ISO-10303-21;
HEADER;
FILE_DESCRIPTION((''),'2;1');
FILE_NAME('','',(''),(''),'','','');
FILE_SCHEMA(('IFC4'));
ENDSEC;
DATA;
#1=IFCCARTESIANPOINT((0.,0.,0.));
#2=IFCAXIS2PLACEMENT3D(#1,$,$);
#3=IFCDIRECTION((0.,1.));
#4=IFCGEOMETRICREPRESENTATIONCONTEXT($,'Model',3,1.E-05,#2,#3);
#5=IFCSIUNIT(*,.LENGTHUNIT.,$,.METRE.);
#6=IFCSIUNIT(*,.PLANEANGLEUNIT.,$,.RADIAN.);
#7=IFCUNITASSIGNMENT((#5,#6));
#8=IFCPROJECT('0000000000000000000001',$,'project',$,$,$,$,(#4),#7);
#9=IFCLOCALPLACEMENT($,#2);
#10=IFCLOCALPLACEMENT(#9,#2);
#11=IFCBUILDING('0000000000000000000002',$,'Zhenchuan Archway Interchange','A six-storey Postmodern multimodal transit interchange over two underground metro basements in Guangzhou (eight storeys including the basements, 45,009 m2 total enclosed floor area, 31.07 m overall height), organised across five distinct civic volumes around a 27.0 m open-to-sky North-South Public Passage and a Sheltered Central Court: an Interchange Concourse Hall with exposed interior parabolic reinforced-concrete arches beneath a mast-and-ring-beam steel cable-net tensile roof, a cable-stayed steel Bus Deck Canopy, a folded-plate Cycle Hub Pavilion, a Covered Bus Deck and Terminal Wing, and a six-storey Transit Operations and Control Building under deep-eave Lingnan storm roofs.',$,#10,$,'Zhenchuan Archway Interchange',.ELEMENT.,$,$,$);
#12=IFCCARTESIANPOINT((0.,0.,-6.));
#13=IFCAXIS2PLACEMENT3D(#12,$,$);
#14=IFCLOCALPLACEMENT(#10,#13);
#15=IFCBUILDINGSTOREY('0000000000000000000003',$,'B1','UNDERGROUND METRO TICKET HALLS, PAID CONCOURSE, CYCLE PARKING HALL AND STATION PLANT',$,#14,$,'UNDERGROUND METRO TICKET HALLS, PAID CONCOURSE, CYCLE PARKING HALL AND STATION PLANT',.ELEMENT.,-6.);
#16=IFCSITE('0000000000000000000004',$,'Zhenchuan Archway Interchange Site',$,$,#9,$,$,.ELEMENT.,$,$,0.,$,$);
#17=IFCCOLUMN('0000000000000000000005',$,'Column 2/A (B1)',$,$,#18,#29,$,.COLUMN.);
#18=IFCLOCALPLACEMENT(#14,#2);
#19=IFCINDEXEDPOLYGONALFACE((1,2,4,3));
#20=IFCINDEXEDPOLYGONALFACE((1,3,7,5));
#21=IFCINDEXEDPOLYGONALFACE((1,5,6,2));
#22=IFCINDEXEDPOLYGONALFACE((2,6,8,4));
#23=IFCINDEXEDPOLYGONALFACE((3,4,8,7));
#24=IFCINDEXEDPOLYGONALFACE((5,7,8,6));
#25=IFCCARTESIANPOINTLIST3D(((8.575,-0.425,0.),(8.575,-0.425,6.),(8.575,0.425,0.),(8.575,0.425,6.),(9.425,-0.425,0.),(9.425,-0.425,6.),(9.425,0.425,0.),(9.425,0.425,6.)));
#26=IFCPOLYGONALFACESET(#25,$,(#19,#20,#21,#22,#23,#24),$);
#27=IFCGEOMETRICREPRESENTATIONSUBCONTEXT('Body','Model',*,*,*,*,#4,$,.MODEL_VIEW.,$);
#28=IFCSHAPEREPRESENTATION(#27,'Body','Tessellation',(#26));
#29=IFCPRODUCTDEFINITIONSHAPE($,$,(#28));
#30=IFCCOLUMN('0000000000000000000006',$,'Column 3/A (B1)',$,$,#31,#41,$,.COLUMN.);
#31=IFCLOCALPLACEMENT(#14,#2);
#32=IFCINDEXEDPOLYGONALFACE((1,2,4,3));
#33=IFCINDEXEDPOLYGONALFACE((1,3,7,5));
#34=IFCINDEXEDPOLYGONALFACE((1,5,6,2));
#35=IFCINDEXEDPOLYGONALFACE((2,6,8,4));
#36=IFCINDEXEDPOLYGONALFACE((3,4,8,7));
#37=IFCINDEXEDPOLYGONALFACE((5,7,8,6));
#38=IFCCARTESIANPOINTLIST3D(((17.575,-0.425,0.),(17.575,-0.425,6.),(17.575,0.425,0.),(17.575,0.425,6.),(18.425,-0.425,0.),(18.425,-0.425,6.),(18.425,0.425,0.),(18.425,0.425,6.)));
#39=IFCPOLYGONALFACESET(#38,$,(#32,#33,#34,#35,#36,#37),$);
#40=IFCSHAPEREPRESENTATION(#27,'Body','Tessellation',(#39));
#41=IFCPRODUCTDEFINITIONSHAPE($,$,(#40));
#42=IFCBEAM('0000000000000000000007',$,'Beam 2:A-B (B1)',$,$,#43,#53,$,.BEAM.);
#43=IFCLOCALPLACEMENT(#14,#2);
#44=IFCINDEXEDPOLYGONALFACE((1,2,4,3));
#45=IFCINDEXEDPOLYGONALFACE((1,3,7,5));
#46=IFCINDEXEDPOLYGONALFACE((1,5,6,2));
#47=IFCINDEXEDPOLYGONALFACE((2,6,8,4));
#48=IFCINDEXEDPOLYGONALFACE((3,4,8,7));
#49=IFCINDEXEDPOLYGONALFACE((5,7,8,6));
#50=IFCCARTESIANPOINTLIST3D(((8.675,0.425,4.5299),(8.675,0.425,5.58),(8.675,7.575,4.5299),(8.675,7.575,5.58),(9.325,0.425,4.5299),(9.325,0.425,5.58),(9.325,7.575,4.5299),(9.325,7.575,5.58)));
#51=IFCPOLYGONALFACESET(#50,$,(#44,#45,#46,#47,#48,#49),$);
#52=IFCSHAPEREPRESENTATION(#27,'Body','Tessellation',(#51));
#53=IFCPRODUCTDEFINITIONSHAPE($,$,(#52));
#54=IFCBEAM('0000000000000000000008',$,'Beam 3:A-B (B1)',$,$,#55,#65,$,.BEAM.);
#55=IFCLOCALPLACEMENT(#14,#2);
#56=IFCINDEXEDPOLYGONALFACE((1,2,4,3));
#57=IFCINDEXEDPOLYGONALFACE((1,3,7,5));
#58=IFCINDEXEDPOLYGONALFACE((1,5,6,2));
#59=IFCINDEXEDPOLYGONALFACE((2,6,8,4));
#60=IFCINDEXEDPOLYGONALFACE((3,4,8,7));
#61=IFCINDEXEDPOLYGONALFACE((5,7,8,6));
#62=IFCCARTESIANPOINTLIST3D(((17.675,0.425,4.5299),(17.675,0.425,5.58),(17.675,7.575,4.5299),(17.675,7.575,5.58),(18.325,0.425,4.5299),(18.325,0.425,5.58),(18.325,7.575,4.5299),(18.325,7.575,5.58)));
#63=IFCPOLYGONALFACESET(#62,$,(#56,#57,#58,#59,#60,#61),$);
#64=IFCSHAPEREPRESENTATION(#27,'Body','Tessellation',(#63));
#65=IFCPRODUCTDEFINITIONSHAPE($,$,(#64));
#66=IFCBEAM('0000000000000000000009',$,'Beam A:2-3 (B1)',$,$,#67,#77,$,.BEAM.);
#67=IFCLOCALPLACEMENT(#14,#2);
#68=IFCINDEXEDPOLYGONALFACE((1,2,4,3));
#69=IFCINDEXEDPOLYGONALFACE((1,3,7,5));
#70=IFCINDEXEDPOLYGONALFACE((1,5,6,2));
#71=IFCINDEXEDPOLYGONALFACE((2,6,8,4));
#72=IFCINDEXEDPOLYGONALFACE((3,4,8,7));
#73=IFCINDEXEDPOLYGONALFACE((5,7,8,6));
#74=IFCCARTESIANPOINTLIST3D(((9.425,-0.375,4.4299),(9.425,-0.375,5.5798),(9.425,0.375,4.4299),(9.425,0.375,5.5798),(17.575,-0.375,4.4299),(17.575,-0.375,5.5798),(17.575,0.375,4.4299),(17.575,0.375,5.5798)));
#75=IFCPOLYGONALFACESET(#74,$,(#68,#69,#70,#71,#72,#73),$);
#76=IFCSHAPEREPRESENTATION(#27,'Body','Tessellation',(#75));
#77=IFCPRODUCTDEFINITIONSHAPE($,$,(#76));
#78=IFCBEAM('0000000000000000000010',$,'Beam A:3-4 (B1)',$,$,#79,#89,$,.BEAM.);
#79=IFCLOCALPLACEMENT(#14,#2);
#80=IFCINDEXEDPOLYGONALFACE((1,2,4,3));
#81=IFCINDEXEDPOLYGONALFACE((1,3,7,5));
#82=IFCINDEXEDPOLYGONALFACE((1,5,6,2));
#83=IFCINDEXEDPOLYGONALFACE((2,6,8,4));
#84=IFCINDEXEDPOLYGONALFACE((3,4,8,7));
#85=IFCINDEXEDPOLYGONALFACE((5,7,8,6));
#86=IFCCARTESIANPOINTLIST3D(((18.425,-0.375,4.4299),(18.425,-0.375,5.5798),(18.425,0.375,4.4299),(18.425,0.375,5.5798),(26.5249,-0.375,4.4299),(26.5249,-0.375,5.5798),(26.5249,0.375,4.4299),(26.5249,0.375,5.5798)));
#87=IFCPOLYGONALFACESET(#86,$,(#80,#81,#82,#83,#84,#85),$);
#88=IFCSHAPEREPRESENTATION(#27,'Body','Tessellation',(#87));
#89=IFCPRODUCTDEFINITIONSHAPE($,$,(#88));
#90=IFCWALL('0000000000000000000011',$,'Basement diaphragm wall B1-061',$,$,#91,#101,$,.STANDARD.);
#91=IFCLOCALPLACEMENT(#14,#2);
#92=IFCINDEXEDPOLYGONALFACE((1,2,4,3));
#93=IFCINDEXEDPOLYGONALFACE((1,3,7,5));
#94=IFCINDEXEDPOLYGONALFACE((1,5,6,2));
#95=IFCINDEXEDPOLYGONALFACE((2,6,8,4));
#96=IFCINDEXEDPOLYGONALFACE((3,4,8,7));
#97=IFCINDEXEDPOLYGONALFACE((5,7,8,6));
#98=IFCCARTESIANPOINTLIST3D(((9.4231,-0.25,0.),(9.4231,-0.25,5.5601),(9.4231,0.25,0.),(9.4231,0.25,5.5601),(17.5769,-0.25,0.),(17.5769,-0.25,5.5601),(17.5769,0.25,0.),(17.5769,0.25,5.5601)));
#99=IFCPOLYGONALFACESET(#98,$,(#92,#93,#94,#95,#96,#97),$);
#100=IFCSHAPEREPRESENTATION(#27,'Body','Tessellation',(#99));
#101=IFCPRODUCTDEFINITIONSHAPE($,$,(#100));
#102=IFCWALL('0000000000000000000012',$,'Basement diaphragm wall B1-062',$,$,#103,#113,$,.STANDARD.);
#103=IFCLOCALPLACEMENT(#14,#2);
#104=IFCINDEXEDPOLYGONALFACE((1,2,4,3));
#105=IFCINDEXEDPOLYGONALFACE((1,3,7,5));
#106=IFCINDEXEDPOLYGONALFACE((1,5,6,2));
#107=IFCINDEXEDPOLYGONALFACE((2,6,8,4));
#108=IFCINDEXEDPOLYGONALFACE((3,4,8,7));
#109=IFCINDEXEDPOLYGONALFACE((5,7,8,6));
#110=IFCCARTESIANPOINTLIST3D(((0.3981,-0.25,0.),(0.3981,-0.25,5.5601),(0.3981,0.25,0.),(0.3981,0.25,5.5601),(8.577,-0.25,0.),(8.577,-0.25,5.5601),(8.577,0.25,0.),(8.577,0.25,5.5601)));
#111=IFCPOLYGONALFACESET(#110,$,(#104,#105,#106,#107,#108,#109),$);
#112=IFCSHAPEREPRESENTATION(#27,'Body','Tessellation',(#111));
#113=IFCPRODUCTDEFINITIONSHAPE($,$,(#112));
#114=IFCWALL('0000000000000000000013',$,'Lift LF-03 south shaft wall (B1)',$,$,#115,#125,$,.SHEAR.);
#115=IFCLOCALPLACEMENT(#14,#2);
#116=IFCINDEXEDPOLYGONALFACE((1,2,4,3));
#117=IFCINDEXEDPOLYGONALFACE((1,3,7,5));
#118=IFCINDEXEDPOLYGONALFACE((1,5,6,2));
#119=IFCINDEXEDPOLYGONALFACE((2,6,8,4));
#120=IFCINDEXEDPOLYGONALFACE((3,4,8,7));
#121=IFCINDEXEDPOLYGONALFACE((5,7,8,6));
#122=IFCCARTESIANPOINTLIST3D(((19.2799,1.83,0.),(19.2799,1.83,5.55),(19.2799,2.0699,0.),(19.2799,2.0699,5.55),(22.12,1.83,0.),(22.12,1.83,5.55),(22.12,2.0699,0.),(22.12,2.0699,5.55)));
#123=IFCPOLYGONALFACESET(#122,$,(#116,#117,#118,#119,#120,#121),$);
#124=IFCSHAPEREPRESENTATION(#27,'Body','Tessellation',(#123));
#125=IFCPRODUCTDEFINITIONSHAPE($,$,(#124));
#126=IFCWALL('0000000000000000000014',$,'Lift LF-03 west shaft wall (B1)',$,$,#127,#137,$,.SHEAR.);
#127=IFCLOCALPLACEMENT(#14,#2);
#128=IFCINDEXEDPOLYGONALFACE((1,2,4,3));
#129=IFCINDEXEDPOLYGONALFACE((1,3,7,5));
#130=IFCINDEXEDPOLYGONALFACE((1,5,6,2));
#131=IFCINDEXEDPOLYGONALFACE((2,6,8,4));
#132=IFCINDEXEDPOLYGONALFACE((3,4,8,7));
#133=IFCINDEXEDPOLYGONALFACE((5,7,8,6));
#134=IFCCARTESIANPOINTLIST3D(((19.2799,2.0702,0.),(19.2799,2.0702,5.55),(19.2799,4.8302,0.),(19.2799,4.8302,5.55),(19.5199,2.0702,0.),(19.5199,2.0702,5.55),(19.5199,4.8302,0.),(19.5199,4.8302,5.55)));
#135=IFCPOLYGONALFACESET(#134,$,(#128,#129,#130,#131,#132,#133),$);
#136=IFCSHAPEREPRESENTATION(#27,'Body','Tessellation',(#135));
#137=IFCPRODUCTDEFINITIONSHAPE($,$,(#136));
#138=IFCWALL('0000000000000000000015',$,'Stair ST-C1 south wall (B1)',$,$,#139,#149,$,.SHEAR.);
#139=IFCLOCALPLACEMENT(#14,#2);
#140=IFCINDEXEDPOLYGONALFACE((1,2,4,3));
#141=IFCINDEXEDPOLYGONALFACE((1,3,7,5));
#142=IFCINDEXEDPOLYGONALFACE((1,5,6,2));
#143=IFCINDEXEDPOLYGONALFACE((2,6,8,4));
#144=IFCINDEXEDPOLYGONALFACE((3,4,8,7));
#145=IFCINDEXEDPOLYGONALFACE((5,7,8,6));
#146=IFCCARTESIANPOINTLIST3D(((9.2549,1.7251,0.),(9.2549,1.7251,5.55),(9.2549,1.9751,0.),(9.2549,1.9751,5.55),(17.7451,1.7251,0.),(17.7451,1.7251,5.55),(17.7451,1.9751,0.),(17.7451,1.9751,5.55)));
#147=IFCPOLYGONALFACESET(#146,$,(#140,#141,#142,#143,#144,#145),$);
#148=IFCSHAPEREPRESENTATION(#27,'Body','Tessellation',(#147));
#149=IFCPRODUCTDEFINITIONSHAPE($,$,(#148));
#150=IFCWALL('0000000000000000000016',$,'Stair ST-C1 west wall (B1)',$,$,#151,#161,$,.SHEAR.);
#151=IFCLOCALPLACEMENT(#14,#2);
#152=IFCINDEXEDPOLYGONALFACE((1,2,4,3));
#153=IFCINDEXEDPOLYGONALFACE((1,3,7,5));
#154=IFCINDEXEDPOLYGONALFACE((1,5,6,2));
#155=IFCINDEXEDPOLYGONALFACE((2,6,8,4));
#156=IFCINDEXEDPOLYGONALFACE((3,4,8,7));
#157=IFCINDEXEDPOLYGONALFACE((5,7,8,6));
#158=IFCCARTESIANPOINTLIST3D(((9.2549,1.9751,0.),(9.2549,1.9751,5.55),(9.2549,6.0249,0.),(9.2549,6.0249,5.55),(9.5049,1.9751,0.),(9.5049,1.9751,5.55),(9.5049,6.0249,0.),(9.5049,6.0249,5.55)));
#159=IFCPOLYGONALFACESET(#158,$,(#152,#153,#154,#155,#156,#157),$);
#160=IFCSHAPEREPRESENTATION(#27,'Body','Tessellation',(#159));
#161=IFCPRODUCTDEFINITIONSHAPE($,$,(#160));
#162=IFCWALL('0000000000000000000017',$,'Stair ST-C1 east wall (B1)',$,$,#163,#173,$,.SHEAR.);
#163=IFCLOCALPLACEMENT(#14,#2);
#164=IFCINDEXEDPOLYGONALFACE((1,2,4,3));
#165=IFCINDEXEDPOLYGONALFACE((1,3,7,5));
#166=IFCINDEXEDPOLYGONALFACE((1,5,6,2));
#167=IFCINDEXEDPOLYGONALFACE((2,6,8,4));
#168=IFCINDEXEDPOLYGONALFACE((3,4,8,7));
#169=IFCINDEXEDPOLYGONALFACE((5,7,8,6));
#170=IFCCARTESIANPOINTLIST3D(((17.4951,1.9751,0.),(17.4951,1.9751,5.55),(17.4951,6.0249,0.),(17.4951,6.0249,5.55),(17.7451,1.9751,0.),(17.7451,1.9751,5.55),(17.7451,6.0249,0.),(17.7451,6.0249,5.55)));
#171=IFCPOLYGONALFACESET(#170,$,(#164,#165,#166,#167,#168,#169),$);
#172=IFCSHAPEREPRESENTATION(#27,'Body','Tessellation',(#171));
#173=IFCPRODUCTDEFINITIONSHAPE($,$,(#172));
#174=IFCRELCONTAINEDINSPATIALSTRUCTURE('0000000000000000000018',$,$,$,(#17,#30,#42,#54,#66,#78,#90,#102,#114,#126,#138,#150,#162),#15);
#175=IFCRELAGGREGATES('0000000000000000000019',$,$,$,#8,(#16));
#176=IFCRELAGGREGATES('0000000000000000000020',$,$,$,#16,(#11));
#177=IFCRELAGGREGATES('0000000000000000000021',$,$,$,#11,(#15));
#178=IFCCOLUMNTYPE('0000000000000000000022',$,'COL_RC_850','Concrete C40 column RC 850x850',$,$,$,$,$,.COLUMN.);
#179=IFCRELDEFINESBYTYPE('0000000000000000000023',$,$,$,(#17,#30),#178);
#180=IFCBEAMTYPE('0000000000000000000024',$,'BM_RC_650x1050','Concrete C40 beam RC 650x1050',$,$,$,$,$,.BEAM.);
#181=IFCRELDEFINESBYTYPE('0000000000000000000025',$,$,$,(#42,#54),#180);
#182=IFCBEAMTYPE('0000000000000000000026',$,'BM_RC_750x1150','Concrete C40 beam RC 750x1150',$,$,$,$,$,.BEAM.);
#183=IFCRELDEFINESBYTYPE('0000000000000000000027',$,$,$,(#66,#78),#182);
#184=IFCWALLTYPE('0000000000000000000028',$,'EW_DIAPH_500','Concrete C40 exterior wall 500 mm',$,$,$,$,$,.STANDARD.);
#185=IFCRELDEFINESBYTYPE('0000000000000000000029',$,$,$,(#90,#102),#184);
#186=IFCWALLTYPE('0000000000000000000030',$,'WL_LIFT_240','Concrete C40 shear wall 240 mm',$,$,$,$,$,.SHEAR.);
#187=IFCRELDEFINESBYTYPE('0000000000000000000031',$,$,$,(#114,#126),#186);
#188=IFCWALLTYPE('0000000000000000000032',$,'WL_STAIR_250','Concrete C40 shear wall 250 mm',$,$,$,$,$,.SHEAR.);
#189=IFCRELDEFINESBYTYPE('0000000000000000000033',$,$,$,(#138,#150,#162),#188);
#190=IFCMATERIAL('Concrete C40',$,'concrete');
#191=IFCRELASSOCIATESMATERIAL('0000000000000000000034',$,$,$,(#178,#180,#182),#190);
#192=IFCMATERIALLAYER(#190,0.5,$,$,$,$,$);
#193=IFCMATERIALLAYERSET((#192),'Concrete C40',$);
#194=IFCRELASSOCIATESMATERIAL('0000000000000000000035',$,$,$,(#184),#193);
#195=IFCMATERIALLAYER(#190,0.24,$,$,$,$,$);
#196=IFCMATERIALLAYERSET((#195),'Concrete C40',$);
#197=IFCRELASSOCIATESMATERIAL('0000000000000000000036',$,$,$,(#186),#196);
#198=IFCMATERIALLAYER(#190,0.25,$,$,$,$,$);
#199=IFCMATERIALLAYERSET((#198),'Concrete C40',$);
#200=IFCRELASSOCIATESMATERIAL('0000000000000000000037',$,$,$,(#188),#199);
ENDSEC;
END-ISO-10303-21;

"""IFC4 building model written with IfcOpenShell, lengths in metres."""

from ifc_helpers import new_model, si_unit, direction, frame, frame_2d, origin, origin_2d, place, context, subcontext, project, spatial, rectangle, extrude, material, layer, layer_set, material_profile, profile_set, type_object, element, save


model = new_model("IFC4")

# Units and contexts
model_context = context("Model", 3, precision=1e-05, world=origin(), true_north=direction((0.0, 1.0)))
body_context = subcontext(model_context, "Body", "Model", "MODEL_VIEW")
ifc_project = project(units=[si_unit("LENGTHUNIT", "METRE"), si_unit("PLANEANGLEUNIT", "RADIAN")], contexts=[model_context])

# Site, building, storey
site_placement = place(None, origin())
site = spatial("IfcSite", under=ifc_project, at=site_placement, Name="Zhenchuan Archway Interchange Site", CompositionType="ELEMENT", RefElevation=0.0)
building_placement = place(site_placement, origin())
building = spatial("IfcBuilding", under=site, at=building_placement, Name="Zhenchuan Archway Interchange", Description="A six-storey Postmodern multimodal transit interchange over two underground metro basements in Guangzhou (eight storeys including the basements, 45,009 m2 total enclosed floor area, 31.07 m overall height), organised across five distinct civic volumes around a 27.0 m open-to-sky North-South Public Passage and a Sheltered Central Court: an Interchange Concourse Hall with exposed interior parabolic reinforced-concrete arches beneath a mast-and-ring-beam steel cable-net tensile roof, a cable-stayed steel Bus Deck Canopy, a folded-plate Cycle Hub Pavilion, a Covered Bus Deck and Terminal Wing, and a six-storey Transit Operations and Control Building under deep-eave Lingnan storm roofs.", LongName="Zhenchuan Archway Interchange", CompositionType="ELEMENT")
storey_placement = place(building_placement, frame((0.0, 0.0, -6.0)))
storey = spatial("IfcBuildingStorey", under=building, at=storey_placement, Name="B1", Description="UNDERGROUND METRO TICKET HALLS, PAID CONCOURSE, CYCLE PARKING HALL AND STATION PLANT", LongName="UNDERGROUND METRO TICKET HALLS, PAID CONCOURSE, CYCLE PARKING HALL AND STATION PLANT", CompositionType="ELEMENT", Elevation=-6.0)

# Shared definitions
ifc_material_1 = material(Name="Concrete C40", Category="concrete")

# Columns
ifc_material_profile_1 = material_profile(ifc_material_1, rectangle(XDim=0.8501, YDim=0.8501, at=origin_2d()), Name="RC 850x850")
ifc_profile_set_1 = profile_set([ifc_material_profile_1], Name="Concrete C40")
column_type = type_object("IfcColumnType", Name="COL_RC_850", Description="Concrete C40 column RC 850x850", PredefinedType="COLUMN", material=ifc_profile_set_1)
for number, where, z_axis, x_axis, name in (
    (1, (9.0, 0.0, 0.0), (0.0, 0.0, 1.0), (1.0, 0.0, 0.0), "Column 2/A (B1)"),
    (2, (18.0, 0.0, 0.0), (0.0, 0.0, 1.0), (1.0, 0.0, 0.0), "Column 3/A (B1)"),
):
    element("IfcColumn", number, at=place(storey_placement, frame(where, z_axis=z_axis, x_axis=x_axis)), inside=storey, type_object=column_type, Name=name, PredefinedType="COLUMN", context=body_context, shape_type="SweptSolid", body=[
        extrude(rectangle(XDim=0.8501, YDim=0.8501, at=origin_2d()), origin(), (0.0, 0.0, 1.0), 6.0),
    ])

# Beams
ifc_material_profile_2 = material_profile(ifc_material_1, rectangle(XDim=0.6499, YDim=1.05, at=origin_2d()), Name="RC 650x1050")
ifc_profile_set_2 = profile_set([ifc_material_profile_2], Name="Concrete C40")
beam_type_1 = type_object("IfcBeamType", Name="BM_RC_650x1050", Description="Concrete C40 beam RC 650x1050", PredefinedType="BEAM", material=ifc_profile_set_2)
for number, where, z_axis, x_axis, name in (
    (3, (9.0, 0.425, 5.0549), (0.0, 1.0, 0.0), (-1.0, 0.0, 0.0), "Beam 2:A-B (B1)"),
    (4, (18.0, 0.425, 5.0549), (0.0, 1.0, 0.0), (-1.0, 0.0, 0.0), "Beam 3:A-B (B1)"),
):
    element("IfcBeam", number, at=place(storey_placement, frame(where, z_axis=z_axis, x_axis=x_axis)), inside=storey, type_object=beam_type_1, Name=name, PredefinedType="BEAM", context=body_context, shape_type="SweptSolid", body=[
        extrude(rectangle(XDim=0.6499, YDim=1.05, at=origin_2d()), origin(), (0.0, 0.0, 1.0), 7.1499),
    ])
ifc_material_profile_3 = material_profile(ifc_material_1, rectangle(XDim=0.75, YDim=1.1499, at=origin_2d()), Name="RC 750x1150")
ifc_profile_set_3 = profile_set([ifc_material_profile_3], Name="Concrete C40")
beam_type_2 = type_object("IfcBeamType", Name="BM_RC_750x1150", Description="Concrete C40 beam RC 750x1150", PredefinedType="BEAM", material=ifc_profile_set_3)
beam_1_placement = place(storey_placement, frame((9.425, 0.0, 5.0049), z_axis=(1.0, 0.0, 0.0), x_axis=(0.0, 1.0, 0.0)))
element("IfcBeam", 5, at=beam_1_placement, inside=storey, type_object=beam_type_2, Name="Beam A:2-3 (B1)", PredefinedType="BEAM", context=body_context, shape_type="SweptSolid", body=[
    extrude(rectangle(XDim=0.75, YDim=1.1499, at=origin_2d()), origin(), (0.0, 0.0, 1.0), 8.1499),
])
beam_2_placement = place(storey_placement, frame((18.425, 0.0, 5.0049), z_axis=(1.0, 0.0, 0.0), x_axis=(0.0, 1.0, 0.0)))
element("IfcBeam", 6, at=beam_2_placement, inside=storey, type_object=beam_type_2, Name="Beam A:3-4 (B1)", PredefinedType="BEAM", context=body_context, shape_type="SweptSolid", body=[
    extrude(rectangle(XDim=0.75, YDim=1.1499, at=origin_2d()), origin(), (0.0, 0.0, 1.0), 8.0999),
])

# Walls
ifc_layer_1 = layer(ifc_material_1, 0.5)
ifc_layer_set_1 = layer_set([ifc_layer_1], Name="Concrete C40")
wall_type_1 = type_object("IfcWallType", Name="EW_DIAPH_500", Description="Concrete C40 exterior wall 500 mm", PredefinedType="STANDARD", material=ifc_layer_set_1)
wall_1_placement = place(storey_placement, frame((17.5769, 0.0, 0.0), z_axis=(0.0, 0.0, 1.0), x_axis=(-1.0, 0.0, 0.0)))
element("IfcWall", 7, at=wall_1_placement, inside=storey, type_object=wall_type_1, Name="Basement diaphragm wall B1-061", PredefinedType="STANDARD", context=body_context, shape_type="SweptSolid", body=[
    extrude(rectangle(XDim=8.1538, YDim=0.5, at=frame_2d((4.0769, 0.0))), origin(), (0.0, 0.0, 1.0), 5.5601),
])
wall_2_placement = place(storey_placement, frame((8.5769, 0.0, 0.0), z_axis=(0.0, 0.0, 1.0), x_axis=(-1.0, 0.0, 0.0)))
element("IfcWall", 8, at=wall_2_placement, inside=storey, type_object=wall_type_1, Name="Basement diaphragm wall B1-062", PredefinedType="STANDARD", context=body_context, shape_type="SweptSolid", body=[
    extrude(rectangle(XDim=8.179, YDim=0.5, at=frame_2d((4.0894, 0.0))), origin(), (0.0, 0.0, 1.0), 5.5601),
])
ifc_layer_2 = layer(ifc_material_1, 0.24)
ifc_layer_set_2 = layer_set([ifc_layer_2], Name="Concrete C40")
wall_type_2 = type_object("IfcWallType", Name="WL_LIFT_240", Description="Concrete C40 shear wall 240 mm", PredefinedType="SHEAR", material=ifc_layer_set_2)
wall_3_placement = place(storey_placement, frame((19.28, 1.95, 0.0), z_axis=(0.0, 0.0, 1.0), x_axis=(1.0, 0.0, 0.0)))
element("IfcWall", 9, at=wall_3_placement, inside=storey, type_object=wall_type_2, Name="Lift LF-03 south shaft wall (B1)", PredefinedType="SHEAR", context=body_context, shape_type="SweptSolid", body=[
    extrude(rectangle(XDim=2.8401, YDim=0.24, at=frame_2d((1.4199, 0.0))), origin(), (0.0, 0.0, 1.0), 5.55),
])
wall_4_placement = place(storey_placement, frame((19.3999, 4.8301, 0.0), z_axis=(0.0, 0.0, 1.0), x_axis=(0.0, -1.0, 0.0)))
element("IfcWall", 10, at=wall_4_placement, inside=storey, type_object=wall_type_2, Name="Lift LF-03 west shaft wall (B1)", PredefinedType="SHEAR", context=body_context, shape_type="SweptSolid", body=[
    extrude(rectangle(XDim=2.76, YDim=0.24, at=frame_2d((1.3799, 0.0))), origin(), (0.0, 0.0, 1.0), 5.55),
])
ifc_layer_3 = layer(ifc_material_1, 0.25)
ifc_layer_set_3 = layer_set([ifc_layer_3], Name="Concrete C40")
wall_type_3 = type_object("IfcWallType", Name="WL_STAIR_250", Description="Concrete C40 shear wall 250 mm", PredefinedType="SHEAR", material=ifc_layer_set_3)
wall_5_placement = place(storey_placement, frame((9.2549, 1.8501, 0.0), z_axis=(0.0, 0.0, 1.0), x_axis=(1.0, 0.0, 0.0)))
element("IfcWall", 11, at=wall_5_placement, inside=storey, type_object=wall_type_3, Name="Stair ST-C1 south wall (B1)", PredefinedType="SHEAR", context=body_context, shape_type="SweptSolid", body=[
    extrude(rectangle(XDim=8.4902, YDim=0.25, at=frame_2d((4.2451, 0.0))), origin(), (0.0, 0.0, 1.0), 5.55),
])
for number, where, z_axis, x_axis, name in (
    (12, (9.3799, 6.0249, 0.0), (0.0, 0.0, 1.0), (0.0, -1.0, 0.0), "Stair ST-C1 west wall (B1)"),
    (13, (17.6201, 1.9751, 0.0), (0.0, 0.0, 1.0), (0.0, 1.0, 0.0), "Stair ST-C1 east wall (B1)"),
):
    element("IfcWall", number, at=place(storey_placement, frame(where, z_axis=z_axis, x_axis=x_axis)), inside=storey, type_object=wall_type_3, Name=name, PredefinedType="SHEAR", context=body_context, shape_type="SweptSolid", body=[
        extrude(rectangle(XDim=4.0498, YDim=0.25, at=frame_2d((2.0249, 0.0))), origin(), (0.0, 0.0, 1.0), 5.55),
    ])

save(model, "model.ifc")
